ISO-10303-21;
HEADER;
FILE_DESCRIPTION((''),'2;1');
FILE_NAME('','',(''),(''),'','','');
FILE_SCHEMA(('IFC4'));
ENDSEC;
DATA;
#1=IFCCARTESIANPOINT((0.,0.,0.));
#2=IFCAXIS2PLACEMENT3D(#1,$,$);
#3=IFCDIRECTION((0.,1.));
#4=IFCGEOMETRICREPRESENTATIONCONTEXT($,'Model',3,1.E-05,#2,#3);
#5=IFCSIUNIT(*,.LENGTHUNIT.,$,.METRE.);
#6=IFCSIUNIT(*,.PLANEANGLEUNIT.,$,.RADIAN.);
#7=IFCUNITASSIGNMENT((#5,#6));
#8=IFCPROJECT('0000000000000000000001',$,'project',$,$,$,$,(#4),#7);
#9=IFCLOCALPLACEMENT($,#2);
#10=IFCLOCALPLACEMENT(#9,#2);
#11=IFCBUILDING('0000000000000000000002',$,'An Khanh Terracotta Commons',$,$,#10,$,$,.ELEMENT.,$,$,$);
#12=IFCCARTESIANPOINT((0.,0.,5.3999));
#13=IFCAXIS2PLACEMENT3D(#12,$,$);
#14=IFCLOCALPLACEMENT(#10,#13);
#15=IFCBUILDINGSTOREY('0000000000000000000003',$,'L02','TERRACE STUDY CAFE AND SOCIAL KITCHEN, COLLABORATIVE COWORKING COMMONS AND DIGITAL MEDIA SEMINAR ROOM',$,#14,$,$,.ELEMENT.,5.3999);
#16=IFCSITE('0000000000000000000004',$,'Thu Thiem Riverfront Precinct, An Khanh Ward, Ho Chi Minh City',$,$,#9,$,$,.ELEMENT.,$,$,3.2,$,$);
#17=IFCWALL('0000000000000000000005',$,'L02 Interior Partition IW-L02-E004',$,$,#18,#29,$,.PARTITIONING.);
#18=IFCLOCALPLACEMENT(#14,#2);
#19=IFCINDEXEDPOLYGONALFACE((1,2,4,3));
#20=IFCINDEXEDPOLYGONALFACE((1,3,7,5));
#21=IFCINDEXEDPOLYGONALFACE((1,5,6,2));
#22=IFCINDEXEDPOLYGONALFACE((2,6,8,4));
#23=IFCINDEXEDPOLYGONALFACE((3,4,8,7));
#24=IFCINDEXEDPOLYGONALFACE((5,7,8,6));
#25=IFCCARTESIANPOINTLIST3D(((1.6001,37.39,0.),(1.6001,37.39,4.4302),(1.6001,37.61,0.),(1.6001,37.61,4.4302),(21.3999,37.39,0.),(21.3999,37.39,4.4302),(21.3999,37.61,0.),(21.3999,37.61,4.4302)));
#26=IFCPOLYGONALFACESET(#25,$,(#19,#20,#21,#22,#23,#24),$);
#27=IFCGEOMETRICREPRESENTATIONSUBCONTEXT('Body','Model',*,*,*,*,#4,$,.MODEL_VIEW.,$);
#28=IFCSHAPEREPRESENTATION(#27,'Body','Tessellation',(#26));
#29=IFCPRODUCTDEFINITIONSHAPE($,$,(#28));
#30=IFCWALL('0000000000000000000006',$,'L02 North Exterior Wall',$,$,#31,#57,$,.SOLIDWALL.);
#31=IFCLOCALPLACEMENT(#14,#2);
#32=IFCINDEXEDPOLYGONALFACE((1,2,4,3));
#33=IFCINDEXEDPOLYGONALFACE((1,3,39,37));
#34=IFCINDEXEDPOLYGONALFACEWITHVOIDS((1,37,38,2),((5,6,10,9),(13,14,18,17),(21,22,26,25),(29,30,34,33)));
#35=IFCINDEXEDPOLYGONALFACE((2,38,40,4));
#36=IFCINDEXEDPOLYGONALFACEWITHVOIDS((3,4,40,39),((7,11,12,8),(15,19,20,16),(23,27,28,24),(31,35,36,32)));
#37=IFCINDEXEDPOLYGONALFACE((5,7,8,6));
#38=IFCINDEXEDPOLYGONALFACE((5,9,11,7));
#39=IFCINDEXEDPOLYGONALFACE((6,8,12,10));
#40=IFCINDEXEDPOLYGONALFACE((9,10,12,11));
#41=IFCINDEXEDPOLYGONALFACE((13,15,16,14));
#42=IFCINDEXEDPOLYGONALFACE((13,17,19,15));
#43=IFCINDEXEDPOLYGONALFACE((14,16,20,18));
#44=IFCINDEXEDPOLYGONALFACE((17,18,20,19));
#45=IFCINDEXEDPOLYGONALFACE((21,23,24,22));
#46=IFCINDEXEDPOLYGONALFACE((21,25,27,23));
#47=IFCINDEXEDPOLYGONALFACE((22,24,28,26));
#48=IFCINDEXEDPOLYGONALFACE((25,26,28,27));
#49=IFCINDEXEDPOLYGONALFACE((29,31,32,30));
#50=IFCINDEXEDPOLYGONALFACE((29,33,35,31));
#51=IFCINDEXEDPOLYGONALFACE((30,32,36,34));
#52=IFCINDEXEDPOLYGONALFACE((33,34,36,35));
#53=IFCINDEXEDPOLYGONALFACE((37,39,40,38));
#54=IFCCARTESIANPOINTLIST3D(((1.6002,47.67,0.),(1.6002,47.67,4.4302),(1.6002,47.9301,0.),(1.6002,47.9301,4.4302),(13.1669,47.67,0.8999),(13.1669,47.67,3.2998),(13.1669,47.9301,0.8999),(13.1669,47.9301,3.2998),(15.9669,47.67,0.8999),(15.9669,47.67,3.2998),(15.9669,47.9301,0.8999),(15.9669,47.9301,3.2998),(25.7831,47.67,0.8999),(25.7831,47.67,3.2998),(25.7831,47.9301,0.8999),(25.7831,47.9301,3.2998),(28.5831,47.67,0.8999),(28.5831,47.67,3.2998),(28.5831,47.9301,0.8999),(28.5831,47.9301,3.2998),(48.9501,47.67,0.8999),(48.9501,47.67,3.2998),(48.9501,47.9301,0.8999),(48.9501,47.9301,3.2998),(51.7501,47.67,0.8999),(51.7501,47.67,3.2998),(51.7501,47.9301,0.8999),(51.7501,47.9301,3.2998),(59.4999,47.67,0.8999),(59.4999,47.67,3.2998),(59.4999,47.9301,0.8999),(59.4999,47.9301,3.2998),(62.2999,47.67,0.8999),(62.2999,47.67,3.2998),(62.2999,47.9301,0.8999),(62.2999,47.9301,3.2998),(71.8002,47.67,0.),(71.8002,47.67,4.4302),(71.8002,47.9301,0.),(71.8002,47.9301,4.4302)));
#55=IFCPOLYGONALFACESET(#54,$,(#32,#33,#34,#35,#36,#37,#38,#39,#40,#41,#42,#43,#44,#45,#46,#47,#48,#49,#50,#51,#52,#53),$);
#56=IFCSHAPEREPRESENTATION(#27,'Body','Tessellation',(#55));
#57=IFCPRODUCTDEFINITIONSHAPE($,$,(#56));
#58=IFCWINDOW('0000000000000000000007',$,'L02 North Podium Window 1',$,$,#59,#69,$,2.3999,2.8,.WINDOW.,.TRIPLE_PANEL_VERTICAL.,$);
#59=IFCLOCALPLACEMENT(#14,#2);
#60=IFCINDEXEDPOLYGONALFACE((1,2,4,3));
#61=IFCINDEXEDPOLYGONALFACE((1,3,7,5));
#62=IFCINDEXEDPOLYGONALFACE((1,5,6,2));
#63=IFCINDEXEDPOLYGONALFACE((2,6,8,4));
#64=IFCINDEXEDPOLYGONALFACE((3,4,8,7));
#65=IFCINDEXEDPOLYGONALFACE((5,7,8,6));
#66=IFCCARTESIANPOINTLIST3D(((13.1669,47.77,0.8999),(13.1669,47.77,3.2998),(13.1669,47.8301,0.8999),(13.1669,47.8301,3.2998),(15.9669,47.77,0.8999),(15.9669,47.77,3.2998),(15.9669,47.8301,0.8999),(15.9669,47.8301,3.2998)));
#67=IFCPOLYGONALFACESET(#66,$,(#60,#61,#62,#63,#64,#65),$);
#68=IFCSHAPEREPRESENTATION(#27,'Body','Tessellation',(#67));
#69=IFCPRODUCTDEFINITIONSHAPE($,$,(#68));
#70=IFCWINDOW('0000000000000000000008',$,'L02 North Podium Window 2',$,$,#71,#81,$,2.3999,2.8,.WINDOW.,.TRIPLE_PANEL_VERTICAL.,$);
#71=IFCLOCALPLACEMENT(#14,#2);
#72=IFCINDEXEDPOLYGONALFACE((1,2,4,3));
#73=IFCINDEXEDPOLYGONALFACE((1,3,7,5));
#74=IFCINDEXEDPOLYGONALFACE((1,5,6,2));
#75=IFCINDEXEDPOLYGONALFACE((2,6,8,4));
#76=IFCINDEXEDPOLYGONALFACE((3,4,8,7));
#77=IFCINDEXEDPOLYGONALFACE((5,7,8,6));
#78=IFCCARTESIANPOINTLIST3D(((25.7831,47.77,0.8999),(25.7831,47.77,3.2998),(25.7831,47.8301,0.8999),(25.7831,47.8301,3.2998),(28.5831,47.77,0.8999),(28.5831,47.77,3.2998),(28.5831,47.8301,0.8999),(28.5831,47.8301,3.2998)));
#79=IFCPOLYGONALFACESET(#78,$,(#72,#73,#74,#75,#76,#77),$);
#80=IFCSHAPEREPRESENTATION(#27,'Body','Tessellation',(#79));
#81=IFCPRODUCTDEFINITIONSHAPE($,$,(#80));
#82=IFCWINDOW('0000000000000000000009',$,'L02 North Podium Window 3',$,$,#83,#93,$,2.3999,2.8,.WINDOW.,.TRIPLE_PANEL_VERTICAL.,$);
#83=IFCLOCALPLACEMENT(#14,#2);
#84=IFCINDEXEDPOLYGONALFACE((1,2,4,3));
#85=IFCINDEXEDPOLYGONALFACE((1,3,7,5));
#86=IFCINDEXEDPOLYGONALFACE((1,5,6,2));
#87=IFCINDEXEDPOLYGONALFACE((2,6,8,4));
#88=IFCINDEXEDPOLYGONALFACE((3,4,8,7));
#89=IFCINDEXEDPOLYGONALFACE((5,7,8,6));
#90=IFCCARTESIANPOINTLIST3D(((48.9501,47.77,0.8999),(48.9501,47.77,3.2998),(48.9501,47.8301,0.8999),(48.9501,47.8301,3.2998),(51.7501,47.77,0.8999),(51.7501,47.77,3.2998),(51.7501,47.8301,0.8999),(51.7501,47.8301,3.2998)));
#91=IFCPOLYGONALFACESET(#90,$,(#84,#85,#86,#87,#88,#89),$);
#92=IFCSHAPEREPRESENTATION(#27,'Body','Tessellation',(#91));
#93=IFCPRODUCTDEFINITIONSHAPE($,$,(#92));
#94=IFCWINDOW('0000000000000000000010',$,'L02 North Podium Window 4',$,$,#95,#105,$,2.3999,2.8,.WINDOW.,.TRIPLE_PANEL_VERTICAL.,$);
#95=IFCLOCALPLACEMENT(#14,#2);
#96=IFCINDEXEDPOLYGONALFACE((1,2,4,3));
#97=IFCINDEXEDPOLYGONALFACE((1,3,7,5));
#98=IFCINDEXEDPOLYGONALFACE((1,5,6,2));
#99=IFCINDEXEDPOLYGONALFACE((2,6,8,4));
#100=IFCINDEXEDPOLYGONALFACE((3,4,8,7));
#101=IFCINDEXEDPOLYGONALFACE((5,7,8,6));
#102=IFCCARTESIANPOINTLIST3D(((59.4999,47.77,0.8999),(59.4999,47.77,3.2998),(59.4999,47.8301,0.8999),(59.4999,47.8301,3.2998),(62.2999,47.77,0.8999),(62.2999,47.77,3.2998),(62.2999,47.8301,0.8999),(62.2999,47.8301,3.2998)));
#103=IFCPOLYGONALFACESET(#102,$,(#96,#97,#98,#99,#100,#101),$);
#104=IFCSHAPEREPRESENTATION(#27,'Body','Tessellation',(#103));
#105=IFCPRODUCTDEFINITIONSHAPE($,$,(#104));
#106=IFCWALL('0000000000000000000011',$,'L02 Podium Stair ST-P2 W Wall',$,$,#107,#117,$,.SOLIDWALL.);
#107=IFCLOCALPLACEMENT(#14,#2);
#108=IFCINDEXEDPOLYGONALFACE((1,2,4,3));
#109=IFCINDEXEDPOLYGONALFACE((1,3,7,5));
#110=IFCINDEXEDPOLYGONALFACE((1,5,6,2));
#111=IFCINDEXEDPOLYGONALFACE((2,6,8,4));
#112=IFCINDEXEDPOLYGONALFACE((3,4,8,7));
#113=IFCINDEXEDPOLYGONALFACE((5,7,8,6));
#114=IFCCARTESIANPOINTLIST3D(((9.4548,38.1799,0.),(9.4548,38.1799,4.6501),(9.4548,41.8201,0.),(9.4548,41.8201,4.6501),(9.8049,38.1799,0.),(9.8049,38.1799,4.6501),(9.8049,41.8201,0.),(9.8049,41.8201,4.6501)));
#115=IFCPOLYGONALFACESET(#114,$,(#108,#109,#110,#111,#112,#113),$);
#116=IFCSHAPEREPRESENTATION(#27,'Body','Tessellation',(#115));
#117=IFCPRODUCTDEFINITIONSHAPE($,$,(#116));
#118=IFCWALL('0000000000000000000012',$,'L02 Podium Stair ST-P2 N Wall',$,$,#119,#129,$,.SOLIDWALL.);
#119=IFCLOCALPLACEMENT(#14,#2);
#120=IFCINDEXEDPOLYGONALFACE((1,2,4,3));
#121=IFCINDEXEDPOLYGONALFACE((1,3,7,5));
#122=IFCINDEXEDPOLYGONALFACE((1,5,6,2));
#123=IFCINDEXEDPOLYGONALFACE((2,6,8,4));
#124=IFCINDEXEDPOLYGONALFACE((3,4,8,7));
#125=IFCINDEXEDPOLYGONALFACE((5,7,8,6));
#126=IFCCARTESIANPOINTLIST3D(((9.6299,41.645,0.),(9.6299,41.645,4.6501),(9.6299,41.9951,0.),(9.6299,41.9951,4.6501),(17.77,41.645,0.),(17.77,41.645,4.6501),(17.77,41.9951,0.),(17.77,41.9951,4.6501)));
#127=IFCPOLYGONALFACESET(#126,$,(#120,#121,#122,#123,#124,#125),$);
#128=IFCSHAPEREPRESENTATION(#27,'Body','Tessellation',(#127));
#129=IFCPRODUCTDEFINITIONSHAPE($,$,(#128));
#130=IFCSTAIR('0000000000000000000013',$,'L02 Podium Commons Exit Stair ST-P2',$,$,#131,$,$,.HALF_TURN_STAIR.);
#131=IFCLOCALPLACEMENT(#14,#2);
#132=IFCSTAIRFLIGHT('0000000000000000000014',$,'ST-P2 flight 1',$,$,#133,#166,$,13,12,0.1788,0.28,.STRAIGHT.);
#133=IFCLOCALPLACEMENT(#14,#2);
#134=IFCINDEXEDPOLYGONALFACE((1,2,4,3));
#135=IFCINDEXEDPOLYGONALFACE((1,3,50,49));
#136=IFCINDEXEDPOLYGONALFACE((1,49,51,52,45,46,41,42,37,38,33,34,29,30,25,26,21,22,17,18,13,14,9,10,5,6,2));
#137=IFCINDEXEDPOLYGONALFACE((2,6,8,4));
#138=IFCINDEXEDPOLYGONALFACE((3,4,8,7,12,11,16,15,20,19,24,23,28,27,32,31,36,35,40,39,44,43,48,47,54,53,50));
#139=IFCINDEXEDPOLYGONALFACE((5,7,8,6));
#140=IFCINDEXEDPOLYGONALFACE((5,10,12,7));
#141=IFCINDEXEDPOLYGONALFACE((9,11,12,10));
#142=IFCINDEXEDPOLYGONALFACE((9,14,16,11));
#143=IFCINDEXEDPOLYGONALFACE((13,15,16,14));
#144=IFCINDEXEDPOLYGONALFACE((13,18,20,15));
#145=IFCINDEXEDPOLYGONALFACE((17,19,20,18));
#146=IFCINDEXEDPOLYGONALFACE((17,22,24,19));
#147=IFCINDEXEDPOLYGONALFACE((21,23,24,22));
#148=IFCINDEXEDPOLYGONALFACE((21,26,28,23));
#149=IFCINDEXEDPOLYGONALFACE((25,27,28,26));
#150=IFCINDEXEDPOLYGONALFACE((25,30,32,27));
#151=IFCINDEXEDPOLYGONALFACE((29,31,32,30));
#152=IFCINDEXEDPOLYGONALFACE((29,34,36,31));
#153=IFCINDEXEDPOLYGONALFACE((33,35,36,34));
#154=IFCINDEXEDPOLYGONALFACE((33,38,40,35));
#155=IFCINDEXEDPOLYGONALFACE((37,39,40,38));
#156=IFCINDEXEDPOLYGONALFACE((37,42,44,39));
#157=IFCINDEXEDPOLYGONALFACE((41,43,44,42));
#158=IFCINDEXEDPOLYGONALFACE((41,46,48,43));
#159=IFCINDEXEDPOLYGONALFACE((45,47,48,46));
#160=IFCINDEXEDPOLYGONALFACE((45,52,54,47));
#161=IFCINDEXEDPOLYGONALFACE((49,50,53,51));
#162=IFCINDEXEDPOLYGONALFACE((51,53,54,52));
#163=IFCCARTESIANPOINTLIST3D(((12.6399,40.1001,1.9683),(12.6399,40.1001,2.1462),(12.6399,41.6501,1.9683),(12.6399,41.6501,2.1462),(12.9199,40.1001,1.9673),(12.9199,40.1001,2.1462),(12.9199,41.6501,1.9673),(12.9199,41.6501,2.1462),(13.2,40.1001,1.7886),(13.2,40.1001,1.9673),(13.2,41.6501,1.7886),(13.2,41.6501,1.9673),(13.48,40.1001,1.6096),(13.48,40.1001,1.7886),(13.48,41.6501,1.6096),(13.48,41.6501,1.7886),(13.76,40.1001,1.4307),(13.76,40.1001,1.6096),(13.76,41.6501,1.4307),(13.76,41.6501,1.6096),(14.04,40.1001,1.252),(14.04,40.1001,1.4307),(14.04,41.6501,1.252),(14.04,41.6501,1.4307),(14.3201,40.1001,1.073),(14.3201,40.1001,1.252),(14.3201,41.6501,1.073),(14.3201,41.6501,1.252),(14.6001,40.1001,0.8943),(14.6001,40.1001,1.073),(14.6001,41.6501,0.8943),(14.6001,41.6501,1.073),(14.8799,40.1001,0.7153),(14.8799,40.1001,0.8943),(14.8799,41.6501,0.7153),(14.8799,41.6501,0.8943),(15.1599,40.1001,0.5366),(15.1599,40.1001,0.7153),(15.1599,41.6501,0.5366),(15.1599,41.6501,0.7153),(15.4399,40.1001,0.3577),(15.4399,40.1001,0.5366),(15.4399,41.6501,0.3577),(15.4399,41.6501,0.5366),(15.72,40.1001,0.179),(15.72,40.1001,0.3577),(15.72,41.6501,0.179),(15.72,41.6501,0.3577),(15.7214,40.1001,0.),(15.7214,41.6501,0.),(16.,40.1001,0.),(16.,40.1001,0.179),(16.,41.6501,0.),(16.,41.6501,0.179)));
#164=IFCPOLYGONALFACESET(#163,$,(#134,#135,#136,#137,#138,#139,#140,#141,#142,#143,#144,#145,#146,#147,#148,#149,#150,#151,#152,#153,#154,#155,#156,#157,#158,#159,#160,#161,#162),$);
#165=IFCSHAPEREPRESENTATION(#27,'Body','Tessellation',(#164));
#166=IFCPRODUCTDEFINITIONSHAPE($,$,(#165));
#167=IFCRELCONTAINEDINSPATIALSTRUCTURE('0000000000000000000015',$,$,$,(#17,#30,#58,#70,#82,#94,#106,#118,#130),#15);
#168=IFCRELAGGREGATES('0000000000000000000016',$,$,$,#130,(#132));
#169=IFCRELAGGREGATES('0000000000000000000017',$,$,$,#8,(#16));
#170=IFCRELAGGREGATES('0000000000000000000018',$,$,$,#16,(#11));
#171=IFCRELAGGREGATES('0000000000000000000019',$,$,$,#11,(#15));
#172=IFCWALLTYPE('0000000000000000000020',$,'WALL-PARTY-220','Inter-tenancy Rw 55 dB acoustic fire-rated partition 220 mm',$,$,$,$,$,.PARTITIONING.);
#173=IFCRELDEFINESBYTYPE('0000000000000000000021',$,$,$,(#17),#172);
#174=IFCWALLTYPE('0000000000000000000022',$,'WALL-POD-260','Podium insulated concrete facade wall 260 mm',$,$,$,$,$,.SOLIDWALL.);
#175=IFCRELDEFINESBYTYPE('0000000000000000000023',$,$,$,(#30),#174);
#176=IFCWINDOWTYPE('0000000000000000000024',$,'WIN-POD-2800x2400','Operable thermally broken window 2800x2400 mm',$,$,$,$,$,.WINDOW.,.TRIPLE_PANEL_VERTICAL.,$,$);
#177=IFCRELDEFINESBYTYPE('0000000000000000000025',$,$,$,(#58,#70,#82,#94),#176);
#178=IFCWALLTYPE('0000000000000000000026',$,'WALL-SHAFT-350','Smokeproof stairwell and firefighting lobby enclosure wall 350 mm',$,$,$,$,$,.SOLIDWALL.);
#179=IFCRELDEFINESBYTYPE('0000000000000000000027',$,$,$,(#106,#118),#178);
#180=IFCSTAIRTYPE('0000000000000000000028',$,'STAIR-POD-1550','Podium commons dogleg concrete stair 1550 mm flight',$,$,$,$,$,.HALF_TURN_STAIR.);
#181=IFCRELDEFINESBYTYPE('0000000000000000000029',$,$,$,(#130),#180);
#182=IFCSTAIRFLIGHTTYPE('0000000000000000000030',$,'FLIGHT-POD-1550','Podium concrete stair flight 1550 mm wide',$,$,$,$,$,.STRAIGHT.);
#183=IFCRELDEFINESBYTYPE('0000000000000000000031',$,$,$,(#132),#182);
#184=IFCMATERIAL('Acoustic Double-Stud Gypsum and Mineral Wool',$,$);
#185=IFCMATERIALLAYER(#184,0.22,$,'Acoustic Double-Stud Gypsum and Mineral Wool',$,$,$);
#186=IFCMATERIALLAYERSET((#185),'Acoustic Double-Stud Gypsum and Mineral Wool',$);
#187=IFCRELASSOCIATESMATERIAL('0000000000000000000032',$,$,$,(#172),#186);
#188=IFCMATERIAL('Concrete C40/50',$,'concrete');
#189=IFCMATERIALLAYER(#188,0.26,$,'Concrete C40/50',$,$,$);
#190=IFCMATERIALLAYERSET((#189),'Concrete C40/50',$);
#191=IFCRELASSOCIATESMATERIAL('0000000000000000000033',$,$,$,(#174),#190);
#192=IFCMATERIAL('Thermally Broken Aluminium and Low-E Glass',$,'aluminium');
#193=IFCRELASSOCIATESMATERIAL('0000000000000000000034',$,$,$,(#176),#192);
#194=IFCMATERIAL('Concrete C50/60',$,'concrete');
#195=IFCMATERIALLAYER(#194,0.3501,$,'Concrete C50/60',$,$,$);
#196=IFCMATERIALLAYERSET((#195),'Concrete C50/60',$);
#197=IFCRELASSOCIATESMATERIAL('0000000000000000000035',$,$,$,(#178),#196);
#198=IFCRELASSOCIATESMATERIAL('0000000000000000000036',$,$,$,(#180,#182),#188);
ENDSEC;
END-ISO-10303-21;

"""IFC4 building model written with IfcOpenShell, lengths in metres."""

from ifc_helpers import new_model, si_unit, direction, frame, frame_2d, origin, place, context, subcontext, project, spatial, polyline, rectangle, outline, extrude, material, layer, layer_set, type_object, element, fill, aggregate, save


model = new_model("IFC4")

# Units and contexts
model_context = context("Model", 3, precision=1e-05, world=origin(), true_north=direction((0.0, 1.0)))
body_context = subcontext(model_context, "Body", "Model", "MODEL_VIEW")
ifc_project = project(units=[si_unit("LENGTHUNIT", "METRE"), si_unit("PLANEANGLEUNIT", "RADIAN")], contexts=[model_context])

# Site, building, storey
site_placement = place(None, origin())
site = spatial("IfcSite", under=ifc_project, at=site_placement, Name="Thu Thiem Riverfront Precinct, An Khanh Ward, Ho Chi Minh City", CompositionType="ELEMENT", RefElevation=3.2)
building_placement = place(site_placement, origin())
building = spatial("IfcBuilding", under=site, at=building_placement, Name="An Khanh Terracotta Commons", CompositionType="ELEMENT")
storey_placement = place(building_placement, frame((0.0, 0.0, 5.3999)))
storey = spatial("IfcBuildingStorey", under=building, at=storey_placement, Name="L02", Description="TERRACE STUDY CAFE AND SOCIAL KITCHEN, COLLABORATIVE COWORKING COMMONS AND DIGITAL MEDIA SEMINAR ROOM", CompositionType="ELEMENT", Elevation=5.3999)

# Shared definitions
ifc_material_1 = material(Name="Concrete C50/60", Category="concrete")

# Wall
ifc_material_2 = material(Name="Acoustic Double-Stud Gypsum and Mineral Wool")
ifc_layer_1 = layer(ifc_material_2, 0.22, Name="Acoustic Double-Stud Gypsum and Mineral Wool")
ifc_layer_set_1 = layer_set([ifc_layer_1], Name="Acoustic Double-Stud Gypsum and Mineral Wool")
wall_type_1 = type_object("IfcWallType", Name="WALL-PARTY-220", Description="Inter-tenancy Rw 55 dB acoustic fire-rated partition 220 mm", PredefinedType="PARTITIONING", material=ifc_layer_set_1)
wall_1_placement = place(storey_placement, frame((1.6001, 37.5, 0.0), z_axis=(0.0, 0.0, 1.0), x_axis=(1.0, 0.0, 0.0)))
element("IfcWall", 1, at=wall_1_placement, inside=storey, type_object=wall_type_1, Name="L02 Interior Partition IW-L02-E004", PredefinedType="PARTITIONING", context=body_context, shape_type="SweptSolid", body=[
    extrude(rectangle(XDim=19.7998, YDim=0.22, at=frame_2d((9.8999, 0.0))), origin(), (0.0, 0.0, 1.0), 4.4302),
])

# Wall, openings, windows
ifc_material_3 = material(Name="Concrete C40/50", Category="concrete")
ifc_layer_2 = layer(ifc_material_3, 0.26, Name="Concrete C40/50")
ifc_layer_set_2 = layer_set([ifc_layer_2], Name="Concrete C40/50")
wall_type_2 = type_object("IfcWallType", Name="WALL-POD-260", Description="Podium insulated concrete facade wall 260 mm", PredefinedType="SOLIDWALL", material=ifc_layer_set_2)
wall_2_placement = place(storey_placement, frame((1.6001, 47.8, 0.0), z_axis=(0.0, 0.0, 1.0), x_axis=(1.0, 0.0, 0.0)))
wall_2 = element("IfcWall", 2, at=wall_2_placement, inside=storey, type_object=wall_type_2, Name="L02 North Exterior Wall", PredefinedType="SOLIDWALL", context=body_context, shape_type="SweptSolid", body=[
    extrude(rectangle(XDim=70.2, YDim=0.26, at=frame_2d((35.1001, 0.0))), origin(), (0.0, 0.0, 1.0), 4.4302),
])
opening_1_placement = place(wall_2_placement, frame((11.5669, 0.0, 0.8999)))
opening_1 = element("IfcOpeningElement", 3, at=opening_1_placement, cuts=wall_2, PredefinedType="OPENING", context=body_context, shape_type="SweptSolid", body=[
    extrude(rectangle(XDim=2.8, YDim=2.3999, at=frame_2d((1.3999, 1.2))), frame((0.0, 0.1399, 0.0), z_axis=(0.0, -1.0, 0.0), x_axis=(1.0, 0.0, 0.0)), (0.0, 0.0, 1.0), 0.28),
])
opening_2_placement = place(wall_2_placement, frame((24.1831, 0.0, 0.8999)))
opening_2 = element("IfcOpeningElement", 4, at=opening_2_placement, cuts=wall_2, PredefinedType="OPENING", context=body_context, shape_type="SweptSolid", body=[
    extrude(rectangle(XDim=2.8, YDim=2.3999, at=frame_2d((1.3999, 1.2))), frame((0.0, 0.1399, 0.0), z_axis=(0.0, -1.0, 0.0), x_axis=(1.0, 0.0, 0.0)), (0.0, 0.0, 1.0), 0.28),
])
opening_3_placement = place(wall_2_placement, frame((47.3501, 0.0, 0.8999)))
opening_3 = element("IfcOpeningElement", 5, at=opening_3_placement, cuts=wall_2, PredefinedType="OPENING", context=body_context, shape_type="SweptSolid", body=[
    extrude(rectangle(XDim=2.8, YDim=2.3999, at=frame_2d((1.3999, 1.2))), frame((0.0, 0.1399, 0.0), z_axis=(0.0, -1.0, 0.0), x_axis=(1.0, 0.0, 0.0)), (0.0, 0.0, 1.0), 0.28),
])
opening_4_placement = place(wall_2_placement, frame((57.8999, 0.0, 0.8999)))
opening_4 = element("IfcOpeningElement", 6, at=opening_4_placement, cuts=wall_2, PredefinedType="OPENING", context=body_context, shape_type="SweptSolid", body=[
    extrude(rectangle(XDim=2.8, YDim=2.3999, at=frame_2d((1.3999, 1.2))), frame((0.0, 0.1399, 0.0), z_axis=(0.0, -1.0, 0.0), x_axis=(1.0, 0.0, 0.0)), (0.0, 0.0, 1.0), 0.28),
])
ifc_material_4 = material(Name="Thermally Broken Aluminium and Low-E Glass", Category="aluminium")
window_type = type_object("IfcWindowType", Name="WIN-POD-2800x2400", Description="Operable thermally broken window 2800x2400 mm", PartitioningType="TRIPLE_PANEL_VERTICAL", PredefinedType="WINDOW", material=ifc_material_4)
window_1_placement = place(opening_1_placement, origin())
window_1 = element("IfcWindow", 7, at=window_1_placement, inside=storey, type_object=window_type, Name="L02 North Podium Window 1", OverallHeight=2.3999, OverallWidth=2.8, PartitioningType="TRIPLE_PANEL_VERTICAL", PredefinedType="WINDOW", context=body_context, shape_type="SweptSolid", body=[
    extrude(rectangle(XDim=2.8, YDim=2.3999, at=frame_2d((1.3999, 1.2))), frame((0.0, 0.03, 0.0), z_axis=(0.0, -1.0, 0.0), x_axis=(1.0, 0.0, 0.0)), (0.0, 0.0, 1.0), 0.0601),
])
fill(opening_1, window_1)
window_2_placement = place(opening_2_placement, origin())
window_2 = element("IfcWindow", 8, at=window_2_placement, inside=storey, type_object=window_type, Name="L02 North Podium Window 2", OverallHeight=2.3999, OverallWidth=2.8, PartitioningType="TRIPLE_PANEL_VERTICAL", PredefinedType="WINDOW", context=body_context, shape_type="SweptSolid", body=[
    extrude(rectangle(XDim=2.8, YDim=2.3999, at=frame_2d((1.3999, 1.2))), frame((0.0, 0.03, 0.0), z_axis=(0.0, -1.0, 0.0), x_axis=(1.0, 0.0, 0.0)), (0.0, 0.0, 1.0), 0.0601),
])
fill(opening_2, window_2)
window_3_placement = place(opening_3_placement, origin())
window_3 = element("IfcWindow", 9, at=window_3_placement, inside=storey, type_object=window_type, Name="L02 North Podium Window 3", OverallHeight=2.3999, OverallWidth=2.8, PartitioningType="TRIPLE_PANEL_VERTICAL", PredefinedType="WINDOW", context=body_context, shape_type="SweptSolid", body=[
    extrude(rectangle(XDim=2.8, YDim=2.3999, at=frame_2d((1.3999, 1.2))), frame((0.0, 0.03, 0.0), z_axis=(0.0, -1.0, 0.0), x_axis=(1.0, 0.0, 0.0)), (0.0, 0.0, 1.0), 0.0601),
])
fill(opening_3, window_3)
window_4_placement = place(opening_4_placement, origin())
window_4 = element("IfcWindow", 10, at=window_4_placement, inside=storey, type_object=window_type, Name="L02 North Podium Window 4", OverallHeight=2.3999, OverallWidth=2.8, PartitioningType="TRIPLE_PANEL_VERTICAL", PredefinedType="WINDOW", context=body_context, shape_type="SweptSolid", body=[
    extrude(rectangle(XDim=2.8, YDim=2.3999, at=frame_2d((1.3999, 1.2))), frame((0.0, 0.03, 0.0), z_axis=(0.0, -1.0, 0.0), x_axis=(1.0, 0.0, 0.0)), (0.0, 0.0, 1.0), 0.0601),
])
fill(opening_4, window_4)

# Walls
ifc_layer_3 = layer(ifc_material_1, 0.3501, Name="Concrete C50/60")
ifc_layer_set_3 = layer_set([ifc_layer_3], Name="Concrete C50/60")
wall_type_3 = type_object("IfcWallType", Name="WALL-SHAFT-350", Description="Smokeproof stairwell and firefighting lobby enclosure wall 350 mm", PredefinedType="SOLIDWALL", material=ifc_layer_set_3)
wall_3_placement = place(storey_placement, frame((9.6299, 38.1799, 0.0), z_axis=(0.0, 0.0, 1.0), x_axis=(0.0, 1.0, 0.0)))
element("IfcWall", 11, at=wall_3_placement, inside=storey, type_object=wall_type_3, Name="L02 Podium Stair ST-P2 W Wall", PredefinedType="SOLIDWALL", context=body_context, shape_type="SweptSolid", body=[
    extrude(rectangle(XDim=3.6401, YDim=0.3501, at=frame_2d((1.8201, 0.0))), origin(), (0.0, 0.0, 1.0), 4.6501),
])
wall_4_placement = place(storey_placement, frame((9.6299, 41.8201, 0.0), z_axis=(0.0, 0.0, 1.0), x_axis=(1.0, 0.0, 0.0)))
element("IfcWall", 12, at=wall_4_placement, inside=storey, type_object=wall_type_3, Name="L02 Podium Stair ST-P2 N Wall", PredefinedType="SOLIDWALL", context=body_context, shape_type="SweptSolid", body=[
    extrude(rectangle(XDim=8.1401, YDim=0.3501, at=frame_2d((4.0701, 0.0))), origin(), (0.0, 0.0, 1.0), 4.6501),
])

# Stair, stair flight
stair_type = type_object("IfcStairType", Name="STAIR-POD-1550", Description="Podium commons dogleg concrete stair 1550 mm flight", PredefinedType="HALF_TURN_STAIR", material=ifc_material_3)
stair_placement = place(storey_placement, origin())
stair = element("IfcStair", 13, at=stair_placement, inside=storey, type_object=stair_type, Name="L02 Podium Commons Exit Stair ST-P2", PredefinedType="HALF_TURN_STAIR")
stair_flight_type = type_object("IfcStairFlightType", Name="FLIGHT-POD-1550", Description="Podium concrete stair flight 1550 mm wide", PredefinedType="STRAIGHT", material=ifc_material_3)
stair_flight_1_placement = place(storey_placement, frame((16.0, 40.875, 0.0), z_axis=(0.0, 0.0, 1.0), x_axis=(-1.0, 0.0, 0.0)))
stair_flight_1 = element("IfcStairFlight", 14, at=stair_flight_1_placement, type_object=stair_flight_type, Name="ST-P2 flight 1", NumberOfRisers=13, NumberOfTreads=12, PredefinedType="STRAIGHT", RiserHeight=0.1788, TreadLength=0.28, context=body_context, shape_type="SweptSolid", body=[
    extrude(outline(polyline([(0.0, 0.0), (0.0, 0.179), (0.28, 0.179), (0.28, 0.3577), (0.5601, 0.3577), (0.5601, 0.5366), (0.8401, 0.5366), (0.8401, 0.7153), (1.1201, 0.7153), (1.1201, 0.8943), (1.3999, 0.8943), (1.3999, 1.073), (1.6799, 1.073), (1.6799, 1.252), (1.96, 1.252), (1.96, 1.4307), (2.24, 1.4307), (2.24, 1.6096), (2.52, 1.6096), (2.52, 1.7886), (2.8, 1.7886), (2.8, 1.9673), (3.0801, 1.9673), (3.0801, 2.1462), (3.3601, 2.1462), (3.3601, 2.325), (3.3601, 1.9683), (0.2786, 0.0), (0.0, 0.0)])), frame((0.0, 0.7749, 0.0), z_axis=(0.0, -1.0, 0.0), x_axis=(1.0, 0.0, 0.0)), (0.0, 0.0, 1.0), 1.55),
])
aggregate(stair, [stair_flight_1])

save(model, "model.ifc")
